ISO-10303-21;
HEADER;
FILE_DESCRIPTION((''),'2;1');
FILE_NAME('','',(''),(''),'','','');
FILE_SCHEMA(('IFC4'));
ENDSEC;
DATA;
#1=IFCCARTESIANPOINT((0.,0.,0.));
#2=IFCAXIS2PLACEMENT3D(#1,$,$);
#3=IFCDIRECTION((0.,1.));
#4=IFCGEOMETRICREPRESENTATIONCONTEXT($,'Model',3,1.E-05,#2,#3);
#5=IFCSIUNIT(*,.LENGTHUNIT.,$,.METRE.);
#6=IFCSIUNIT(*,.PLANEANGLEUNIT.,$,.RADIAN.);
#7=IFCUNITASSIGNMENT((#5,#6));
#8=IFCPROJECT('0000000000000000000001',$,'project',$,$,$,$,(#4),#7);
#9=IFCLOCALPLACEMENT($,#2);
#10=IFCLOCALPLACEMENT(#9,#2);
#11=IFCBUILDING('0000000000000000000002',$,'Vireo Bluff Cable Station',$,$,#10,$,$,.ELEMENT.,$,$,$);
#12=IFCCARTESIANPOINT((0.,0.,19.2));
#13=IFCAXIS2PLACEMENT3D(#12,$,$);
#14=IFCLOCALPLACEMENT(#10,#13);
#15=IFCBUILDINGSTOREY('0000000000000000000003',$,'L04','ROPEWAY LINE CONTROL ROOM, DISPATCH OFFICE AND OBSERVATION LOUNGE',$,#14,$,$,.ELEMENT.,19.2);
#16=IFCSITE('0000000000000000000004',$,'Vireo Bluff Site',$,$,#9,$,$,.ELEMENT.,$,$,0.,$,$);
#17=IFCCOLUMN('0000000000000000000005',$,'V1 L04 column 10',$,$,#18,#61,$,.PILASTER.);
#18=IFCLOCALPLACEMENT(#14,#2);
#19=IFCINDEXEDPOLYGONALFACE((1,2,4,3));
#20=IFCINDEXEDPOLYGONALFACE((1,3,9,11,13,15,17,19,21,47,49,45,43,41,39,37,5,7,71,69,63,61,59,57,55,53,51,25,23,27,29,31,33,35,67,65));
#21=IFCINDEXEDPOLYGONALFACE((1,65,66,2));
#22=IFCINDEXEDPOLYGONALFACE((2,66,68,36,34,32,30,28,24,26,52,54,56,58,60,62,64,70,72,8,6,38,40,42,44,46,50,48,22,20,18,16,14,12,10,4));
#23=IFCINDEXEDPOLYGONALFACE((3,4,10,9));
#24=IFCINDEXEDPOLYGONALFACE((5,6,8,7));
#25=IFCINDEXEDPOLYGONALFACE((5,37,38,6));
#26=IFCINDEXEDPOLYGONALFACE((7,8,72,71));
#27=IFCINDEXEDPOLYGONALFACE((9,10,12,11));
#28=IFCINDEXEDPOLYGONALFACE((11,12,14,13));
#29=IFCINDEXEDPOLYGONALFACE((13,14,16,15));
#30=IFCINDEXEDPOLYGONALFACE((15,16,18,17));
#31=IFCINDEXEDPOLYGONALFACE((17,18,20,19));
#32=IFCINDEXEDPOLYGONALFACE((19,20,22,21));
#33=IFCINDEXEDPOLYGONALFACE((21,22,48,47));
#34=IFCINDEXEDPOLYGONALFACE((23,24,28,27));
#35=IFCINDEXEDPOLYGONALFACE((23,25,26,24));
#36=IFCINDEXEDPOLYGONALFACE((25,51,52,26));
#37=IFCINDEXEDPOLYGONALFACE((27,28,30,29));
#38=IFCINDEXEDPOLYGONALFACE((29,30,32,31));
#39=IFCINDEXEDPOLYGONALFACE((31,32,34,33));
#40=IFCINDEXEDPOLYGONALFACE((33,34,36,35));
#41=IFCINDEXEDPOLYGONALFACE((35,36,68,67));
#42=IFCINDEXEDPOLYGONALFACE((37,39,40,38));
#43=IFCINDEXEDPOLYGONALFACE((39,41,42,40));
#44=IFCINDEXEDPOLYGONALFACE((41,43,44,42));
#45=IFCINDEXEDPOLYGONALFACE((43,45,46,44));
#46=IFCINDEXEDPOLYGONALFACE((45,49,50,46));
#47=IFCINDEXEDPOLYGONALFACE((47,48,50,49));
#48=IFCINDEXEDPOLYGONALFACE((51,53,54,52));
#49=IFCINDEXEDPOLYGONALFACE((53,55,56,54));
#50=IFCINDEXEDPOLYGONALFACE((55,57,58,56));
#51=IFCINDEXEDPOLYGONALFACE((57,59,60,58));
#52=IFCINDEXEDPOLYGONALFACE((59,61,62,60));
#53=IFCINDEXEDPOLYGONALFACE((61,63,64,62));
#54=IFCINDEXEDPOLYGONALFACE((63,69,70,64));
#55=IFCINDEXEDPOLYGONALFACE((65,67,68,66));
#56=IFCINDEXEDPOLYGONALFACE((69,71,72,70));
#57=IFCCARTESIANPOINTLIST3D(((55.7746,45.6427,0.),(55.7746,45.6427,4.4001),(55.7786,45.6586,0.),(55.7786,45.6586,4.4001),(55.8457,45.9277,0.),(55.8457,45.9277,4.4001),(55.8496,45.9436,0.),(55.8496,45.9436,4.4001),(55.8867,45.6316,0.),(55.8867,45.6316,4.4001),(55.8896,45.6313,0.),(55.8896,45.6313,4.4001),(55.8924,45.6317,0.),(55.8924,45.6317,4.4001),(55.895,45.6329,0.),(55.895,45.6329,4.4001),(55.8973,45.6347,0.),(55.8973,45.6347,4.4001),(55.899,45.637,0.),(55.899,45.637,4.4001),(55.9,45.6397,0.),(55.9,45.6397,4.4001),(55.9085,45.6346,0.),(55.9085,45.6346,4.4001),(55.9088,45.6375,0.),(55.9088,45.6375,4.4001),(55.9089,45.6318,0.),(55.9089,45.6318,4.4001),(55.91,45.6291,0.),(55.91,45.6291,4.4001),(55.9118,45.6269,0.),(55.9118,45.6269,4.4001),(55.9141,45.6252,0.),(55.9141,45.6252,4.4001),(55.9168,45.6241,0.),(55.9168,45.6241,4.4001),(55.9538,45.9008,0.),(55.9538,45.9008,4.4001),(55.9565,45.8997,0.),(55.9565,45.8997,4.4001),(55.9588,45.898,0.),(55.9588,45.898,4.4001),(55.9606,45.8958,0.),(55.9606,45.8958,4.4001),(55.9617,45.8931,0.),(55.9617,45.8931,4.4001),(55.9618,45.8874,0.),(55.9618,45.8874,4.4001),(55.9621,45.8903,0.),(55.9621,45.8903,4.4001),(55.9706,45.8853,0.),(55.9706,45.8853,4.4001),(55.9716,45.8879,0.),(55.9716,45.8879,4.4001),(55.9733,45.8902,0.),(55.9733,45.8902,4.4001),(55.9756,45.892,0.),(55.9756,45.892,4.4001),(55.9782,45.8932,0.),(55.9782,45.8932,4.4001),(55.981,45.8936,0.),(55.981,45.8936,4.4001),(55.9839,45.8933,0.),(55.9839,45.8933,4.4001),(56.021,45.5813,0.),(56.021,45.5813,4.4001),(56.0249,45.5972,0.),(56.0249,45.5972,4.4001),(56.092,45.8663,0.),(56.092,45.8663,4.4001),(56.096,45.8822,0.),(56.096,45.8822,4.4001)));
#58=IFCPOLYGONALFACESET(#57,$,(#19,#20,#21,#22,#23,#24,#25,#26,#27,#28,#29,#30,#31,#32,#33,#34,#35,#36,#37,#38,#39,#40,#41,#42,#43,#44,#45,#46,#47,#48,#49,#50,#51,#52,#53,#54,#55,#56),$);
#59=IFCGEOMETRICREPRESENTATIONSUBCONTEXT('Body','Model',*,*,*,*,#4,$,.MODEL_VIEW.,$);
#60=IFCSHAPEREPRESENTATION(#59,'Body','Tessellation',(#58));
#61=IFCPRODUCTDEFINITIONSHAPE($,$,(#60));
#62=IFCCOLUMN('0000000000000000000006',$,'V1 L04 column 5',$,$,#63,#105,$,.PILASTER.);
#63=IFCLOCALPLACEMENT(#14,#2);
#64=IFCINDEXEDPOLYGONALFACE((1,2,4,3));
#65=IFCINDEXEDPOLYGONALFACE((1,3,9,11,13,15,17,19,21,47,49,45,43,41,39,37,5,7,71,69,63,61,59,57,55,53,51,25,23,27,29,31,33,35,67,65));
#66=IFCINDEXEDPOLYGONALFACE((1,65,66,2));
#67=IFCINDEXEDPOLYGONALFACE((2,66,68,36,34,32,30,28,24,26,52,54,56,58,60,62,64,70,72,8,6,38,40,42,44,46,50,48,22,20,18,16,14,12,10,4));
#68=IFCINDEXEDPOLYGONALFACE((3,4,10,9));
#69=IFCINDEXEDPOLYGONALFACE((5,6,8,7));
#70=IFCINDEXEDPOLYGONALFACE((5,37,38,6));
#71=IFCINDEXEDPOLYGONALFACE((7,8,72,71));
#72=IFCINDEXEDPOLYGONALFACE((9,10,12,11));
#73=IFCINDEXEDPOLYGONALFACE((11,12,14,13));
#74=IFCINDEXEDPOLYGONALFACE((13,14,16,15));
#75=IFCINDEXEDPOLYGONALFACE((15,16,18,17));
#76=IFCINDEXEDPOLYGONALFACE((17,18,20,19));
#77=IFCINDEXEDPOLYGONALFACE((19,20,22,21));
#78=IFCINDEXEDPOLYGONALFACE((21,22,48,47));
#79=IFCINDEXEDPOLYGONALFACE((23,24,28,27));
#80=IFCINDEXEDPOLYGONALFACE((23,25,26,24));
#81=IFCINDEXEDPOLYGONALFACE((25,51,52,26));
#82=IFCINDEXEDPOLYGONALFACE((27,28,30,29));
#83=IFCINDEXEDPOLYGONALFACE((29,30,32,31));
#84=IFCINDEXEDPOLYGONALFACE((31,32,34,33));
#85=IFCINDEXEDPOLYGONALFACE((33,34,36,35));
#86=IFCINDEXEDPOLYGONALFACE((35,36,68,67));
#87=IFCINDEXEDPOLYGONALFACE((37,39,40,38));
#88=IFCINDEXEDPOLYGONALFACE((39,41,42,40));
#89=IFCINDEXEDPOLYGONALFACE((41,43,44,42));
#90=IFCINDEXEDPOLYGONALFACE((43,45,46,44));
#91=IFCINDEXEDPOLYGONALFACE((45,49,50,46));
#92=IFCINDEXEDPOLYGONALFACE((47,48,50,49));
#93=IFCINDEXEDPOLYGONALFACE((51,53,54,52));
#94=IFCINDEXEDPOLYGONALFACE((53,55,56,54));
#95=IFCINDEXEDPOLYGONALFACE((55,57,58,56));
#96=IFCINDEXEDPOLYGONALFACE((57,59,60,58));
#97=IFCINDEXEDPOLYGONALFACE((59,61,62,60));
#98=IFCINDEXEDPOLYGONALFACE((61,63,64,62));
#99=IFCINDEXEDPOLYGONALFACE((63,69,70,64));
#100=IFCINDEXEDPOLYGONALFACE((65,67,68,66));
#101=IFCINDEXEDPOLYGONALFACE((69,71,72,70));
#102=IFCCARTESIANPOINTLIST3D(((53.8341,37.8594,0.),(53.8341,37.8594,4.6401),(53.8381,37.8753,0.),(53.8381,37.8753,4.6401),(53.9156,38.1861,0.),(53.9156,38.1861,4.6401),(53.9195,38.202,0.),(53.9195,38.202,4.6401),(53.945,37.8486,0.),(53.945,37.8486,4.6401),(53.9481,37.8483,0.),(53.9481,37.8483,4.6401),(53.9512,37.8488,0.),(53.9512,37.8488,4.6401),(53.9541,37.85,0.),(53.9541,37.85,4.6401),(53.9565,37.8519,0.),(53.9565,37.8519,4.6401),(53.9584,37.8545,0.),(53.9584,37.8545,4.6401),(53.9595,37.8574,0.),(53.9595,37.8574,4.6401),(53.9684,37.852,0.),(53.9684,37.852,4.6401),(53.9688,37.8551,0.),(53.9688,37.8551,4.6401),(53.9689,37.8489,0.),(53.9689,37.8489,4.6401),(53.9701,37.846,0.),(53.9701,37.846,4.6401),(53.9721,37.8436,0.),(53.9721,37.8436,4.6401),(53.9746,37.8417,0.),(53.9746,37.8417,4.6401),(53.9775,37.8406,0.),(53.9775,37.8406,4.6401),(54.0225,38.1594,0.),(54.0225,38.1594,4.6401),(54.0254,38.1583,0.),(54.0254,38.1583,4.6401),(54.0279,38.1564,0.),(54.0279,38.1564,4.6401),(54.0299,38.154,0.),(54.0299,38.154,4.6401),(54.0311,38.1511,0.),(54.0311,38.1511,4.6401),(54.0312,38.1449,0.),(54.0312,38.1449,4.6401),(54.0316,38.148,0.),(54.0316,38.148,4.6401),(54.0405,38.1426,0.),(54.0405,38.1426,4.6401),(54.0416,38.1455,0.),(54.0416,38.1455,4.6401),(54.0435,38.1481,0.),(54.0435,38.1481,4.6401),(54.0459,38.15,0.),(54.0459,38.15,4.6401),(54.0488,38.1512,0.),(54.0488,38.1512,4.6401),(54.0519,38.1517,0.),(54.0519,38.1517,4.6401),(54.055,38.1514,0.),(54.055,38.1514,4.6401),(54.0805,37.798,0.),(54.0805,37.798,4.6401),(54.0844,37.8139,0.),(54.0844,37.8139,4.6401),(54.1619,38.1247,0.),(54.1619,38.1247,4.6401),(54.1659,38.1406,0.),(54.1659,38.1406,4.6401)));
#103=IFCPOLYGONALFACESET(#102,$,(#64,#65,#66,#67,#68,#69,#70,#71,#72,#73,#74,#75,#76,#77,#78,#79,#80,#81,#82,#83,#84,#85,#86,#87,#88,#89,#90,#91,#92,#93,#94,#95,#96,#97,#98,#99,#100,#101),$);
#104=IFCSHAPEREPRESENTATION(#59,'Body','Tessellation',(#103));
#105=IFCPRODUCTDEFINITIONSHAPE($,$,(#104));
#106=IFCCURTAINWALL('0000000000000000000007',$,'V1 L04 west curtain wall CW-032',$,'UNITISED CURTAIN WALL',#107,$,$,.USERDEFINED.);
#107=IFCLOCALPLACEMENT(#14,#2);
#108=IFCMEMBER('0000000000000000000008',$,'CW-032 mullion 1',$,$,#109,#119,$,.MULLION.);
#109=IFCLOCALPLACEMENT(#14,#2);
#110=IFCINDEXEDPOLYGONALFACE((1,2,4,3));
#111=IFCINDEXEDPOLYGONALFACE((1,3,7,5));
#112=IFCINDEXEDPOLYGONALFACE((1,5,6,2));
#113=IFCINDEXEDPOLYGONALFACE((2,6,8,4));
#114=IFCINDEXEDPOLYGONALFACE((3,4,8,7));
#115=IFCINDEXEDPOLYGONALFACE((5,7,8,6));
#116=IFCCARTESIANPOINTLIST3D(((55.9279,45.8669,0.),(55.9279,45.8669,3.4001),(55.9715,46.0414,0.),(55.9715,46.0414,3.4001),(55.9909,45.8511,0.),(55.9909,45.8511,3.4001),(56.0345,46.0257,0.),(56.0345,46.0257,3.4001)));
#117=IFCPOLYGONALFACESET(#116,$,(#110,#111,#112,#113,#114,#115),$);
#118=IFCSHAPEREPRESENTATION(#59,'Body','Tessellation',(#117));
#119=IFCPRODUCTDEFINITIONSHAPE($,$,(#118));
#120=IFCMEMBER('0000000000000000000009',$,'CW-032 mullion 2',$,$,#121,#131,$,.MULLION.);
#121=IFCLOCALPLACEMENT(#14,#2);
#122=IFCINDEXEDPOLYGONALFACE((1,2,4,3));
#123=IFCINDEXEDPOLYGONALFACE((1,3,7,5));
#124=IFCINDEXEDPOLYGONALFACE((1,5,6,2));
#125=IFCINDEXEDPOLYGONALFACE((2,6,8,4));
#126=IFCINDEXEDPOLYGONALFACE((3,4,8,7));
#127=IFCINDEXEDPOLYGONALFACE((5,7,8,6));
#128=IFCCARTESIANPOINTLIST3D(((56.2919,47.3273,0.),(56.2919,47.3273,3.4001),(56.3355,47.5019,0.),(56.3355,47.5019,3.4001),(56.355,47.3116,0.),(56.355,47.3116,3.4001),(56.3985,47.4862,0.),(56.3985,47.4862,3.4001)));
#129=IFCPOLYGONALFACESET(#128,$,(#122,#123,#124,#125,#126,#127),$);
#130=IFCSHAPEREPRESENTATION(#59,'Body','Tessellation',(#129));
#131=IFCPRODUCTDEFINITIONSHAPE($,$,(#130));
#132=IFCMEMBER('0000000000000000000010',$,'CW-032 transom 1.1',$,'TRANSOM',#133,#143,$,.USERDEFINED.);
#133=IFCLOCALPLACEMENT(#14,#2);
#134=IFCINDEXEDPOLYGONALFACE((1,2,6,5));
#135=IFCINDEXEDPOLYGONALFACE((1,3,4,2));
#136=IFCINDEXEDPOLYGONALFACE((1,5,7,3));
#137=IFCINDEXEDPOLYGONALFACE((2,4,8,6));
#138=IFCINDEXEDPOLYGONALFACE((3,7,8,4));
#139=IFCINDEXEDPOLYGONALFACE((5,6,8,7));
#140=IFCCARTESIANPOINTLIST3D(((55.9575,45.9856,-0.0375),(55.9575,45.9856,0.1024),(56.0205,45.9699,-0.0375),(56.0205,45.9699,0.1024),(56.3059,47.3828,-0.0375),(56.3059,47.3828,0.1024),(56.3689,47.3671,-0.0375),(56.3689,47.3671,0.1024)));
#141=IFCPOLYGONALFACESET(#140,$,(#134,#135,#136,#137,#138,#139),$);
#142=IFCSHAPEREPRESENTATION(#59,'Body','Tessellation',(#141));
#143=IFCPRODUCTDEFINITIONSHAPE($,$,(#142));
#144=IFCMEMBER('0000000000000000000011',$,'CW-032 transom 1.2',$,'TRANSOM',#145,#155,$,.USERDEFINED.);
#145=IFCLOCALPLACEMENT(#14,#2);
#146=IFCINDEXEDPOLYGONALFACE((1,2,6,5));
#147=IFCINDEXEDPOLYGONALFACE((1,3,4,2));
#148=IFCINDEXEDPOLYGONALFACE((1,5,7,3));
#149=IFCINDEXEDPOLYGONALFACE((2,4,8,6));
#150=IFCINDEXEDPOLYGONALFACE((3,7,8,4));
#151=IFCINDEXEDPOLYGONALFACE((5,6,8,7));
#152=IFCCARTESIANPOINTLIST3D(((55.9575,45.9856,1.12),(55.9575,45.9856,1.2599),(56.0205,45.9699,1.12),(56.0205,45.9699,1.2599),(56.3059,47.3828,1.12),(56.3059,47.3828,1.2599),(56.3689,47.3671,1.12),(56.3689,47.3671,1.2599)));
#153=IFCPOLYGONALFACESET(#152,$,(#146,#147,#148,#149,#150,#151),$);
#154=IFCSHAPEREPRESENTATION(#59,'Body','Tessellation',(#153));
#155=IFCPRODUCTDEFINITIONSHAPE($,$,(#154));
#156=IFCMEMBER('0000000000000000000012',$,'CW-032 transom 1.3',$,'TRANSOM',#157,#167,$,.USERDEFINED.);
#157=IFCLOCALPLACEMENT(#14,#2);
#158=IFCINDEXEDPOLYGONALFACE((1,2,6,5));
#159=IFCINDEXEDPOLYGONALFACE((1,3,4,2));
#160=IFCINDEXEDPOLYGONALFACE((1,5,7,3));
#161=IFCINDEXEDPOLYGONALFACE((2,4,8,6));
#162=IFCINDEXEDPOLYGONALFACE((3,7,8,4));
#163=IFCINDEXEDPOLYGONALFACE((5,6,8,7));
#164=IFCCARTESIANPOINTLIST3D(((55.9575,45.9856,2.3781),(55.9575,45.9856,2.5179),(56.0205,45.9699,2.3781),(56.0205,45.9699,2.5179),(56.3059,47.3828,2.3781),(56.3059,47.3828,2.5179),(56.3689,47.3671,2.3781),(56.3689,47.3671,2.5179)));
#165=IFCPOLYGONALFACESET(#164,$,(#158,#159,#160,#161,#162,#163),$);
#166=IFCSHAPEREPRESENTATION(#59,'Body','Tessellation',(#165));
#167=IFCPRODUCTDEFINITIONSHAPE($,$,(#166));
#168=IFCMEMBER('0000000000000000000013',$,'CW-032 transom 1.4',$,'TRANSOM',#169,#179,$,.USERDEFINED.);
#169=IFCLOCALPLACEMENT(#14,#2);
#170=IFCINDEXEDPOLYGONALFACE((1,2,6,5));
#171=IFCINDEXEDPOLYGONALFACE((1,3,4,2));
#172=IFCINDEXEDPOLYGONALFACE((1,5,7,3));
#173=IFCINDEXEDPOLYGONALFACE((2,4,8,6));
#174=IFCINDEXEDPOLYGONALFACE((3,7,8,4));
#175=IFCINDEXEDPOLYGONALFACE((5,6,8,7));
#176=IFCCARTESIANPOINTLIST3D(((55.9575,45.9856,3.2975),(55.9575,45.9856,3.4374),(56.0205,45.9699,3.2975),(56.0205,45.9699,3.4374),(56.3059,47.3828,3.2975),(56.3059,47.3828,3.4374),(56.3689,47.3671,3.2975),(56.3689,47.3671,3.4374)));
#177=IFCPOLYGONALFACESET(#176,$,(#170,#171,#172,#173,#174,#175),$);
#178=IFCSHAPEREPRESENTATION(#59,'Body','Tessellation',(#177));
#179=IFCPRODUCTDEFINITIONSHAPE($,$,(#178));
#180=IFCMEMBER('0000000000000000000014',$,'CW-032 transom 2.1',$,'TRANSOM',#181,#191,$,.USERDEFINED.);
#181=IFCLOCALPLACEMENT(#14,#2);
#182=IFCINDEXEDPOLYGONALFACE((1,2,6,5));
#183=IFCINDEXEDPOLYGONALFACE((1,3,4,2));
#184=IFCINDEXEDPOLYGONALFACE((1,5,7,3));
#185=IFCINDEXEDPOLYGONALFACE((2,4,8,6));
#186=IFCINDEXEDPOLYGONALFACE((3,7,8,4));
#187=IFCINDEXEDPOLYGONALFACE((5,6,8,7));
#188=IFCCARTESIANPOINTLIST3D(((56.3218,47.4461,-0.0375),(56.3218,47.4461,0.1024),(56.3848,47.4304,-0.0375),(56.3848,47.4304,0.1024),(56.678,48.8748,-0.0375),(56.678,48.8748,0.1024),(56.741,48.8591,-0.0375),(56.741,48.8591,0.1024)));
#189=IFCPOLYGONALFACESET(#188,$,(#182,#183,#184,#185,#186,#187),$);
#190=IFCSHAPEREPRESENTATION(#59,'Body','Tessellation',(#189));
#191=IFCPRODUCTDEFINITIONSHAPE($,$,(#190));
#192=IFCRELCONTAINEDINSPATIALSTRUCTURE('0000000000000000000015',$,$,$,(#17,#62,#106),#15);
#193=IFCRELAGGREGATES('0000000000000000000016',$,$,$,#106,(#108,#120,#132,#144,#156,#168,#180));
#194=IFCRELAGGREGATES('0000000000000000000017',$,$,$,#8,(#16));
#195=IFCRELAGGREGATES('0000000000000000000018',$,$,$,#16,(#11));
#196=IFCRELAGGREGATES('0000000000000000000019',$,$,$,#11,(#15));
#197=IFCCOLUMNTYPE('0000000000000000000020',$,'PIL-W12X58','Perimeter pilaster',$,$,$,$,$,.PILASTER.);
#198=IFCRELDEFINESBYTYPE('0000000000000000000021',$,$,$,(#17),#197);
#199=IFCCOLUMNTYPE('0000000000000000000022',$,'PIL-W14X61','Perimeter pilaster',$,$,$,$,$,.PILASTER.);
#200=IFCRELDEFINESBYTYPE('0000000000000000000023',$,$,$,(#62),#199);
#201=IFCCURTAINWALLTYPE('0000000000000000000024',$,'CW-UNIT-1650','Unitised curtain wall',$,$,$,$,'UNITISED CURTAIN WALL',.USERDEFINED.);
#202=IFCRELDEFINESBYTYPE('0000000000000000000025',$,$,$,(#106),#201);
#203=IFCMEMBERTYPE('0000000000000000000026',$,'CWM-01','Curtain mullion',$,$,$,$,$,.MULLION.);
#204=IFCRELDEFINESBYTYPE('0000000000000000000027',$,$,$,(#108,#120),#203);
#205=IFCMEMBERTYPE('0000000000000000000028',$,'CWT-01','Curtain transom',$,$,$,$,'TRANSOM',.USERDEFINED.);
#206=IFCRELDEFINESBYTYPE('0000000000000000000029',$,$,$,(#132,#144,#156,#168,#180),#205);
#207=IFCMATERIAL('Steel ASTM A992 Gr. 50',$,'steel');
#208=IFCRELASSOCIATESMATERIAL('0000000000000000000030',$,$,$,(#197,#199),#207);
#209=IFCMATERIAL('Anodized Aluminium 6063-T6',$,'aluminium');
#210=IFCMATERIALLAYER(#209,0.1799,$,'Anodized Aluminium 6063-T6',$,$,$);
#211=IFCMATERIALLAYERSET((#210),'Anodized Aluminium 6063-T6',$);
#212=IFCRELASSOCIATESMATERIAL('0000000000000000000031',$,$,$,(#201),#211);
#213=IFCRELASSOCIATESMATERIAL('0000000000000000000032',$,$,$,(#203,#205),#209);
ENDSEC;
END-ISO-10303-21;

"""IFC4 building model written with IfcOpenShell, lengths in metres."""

from ifc_helpers import new_model, si_unit, direction, frame, origin, origin_2d, place, context, subcontext, project, spatial, rectangle, i_section, extrude, material, layer, layer_set, material_profile, profile_set, type_object, element, aggregate, save


model = new_model("IFC4")

# Units and contexts
model_context = context("Model", 3, precision=1e-05, world=origin(), true_north=direction((0.0, 1.0)))
body_context = subcontext(model_context, "Body", "Model", "MODEL_VIEW")
ifc_project = project(units=[si_unit("LENGTHUNIT", "METRE"), si_unit("PLANEANGLEUNIT", "RADIAN")], contexts=[model_context])

# Site, building, storey
site_placement = place(None, origin())
site = spatial("IfcSite", under=ifc_project, at=site_placement, Name="Vireo Bluff Site", CompositionType="ELEMENT", RefElevation=0.0)
building_placement = place(site_placement, origin())
building = spatial("IfcBuilding", under=site, at=building_placement, Name="Vireo Bluff Cable Station", CompositionType="ELEMENT")
storey_placement = place(building_placement, frame((0.0, 0.0, 19.2)))
storey = spatial("IfcBuildingStorey", under=building, at=storey_placement, Name="L04", Description="ROPEWAY LINE CONTROL ROOM, DISPATCH OFFICE AND OBSERVATION LOUNGE", CompositionType="ELEMENT", Elevation=19.2)

# Columns
ifc_material_1 = material(Name="Steel ASTM A992 Gr. 50", Category="steel")
ifc_material_profile_1 = material_profile(ifc_material_1, i_section(OverallWidth=0.2539, OverallDepth=0.3101, WebThickness=0.009, FlangeThickness=0.0164, FilletRadius=0.011, at=origin_2d()), Name="W12X58")
ifc_profile_set_1 = profile_set([ifc_material_profile_1], Name="Steel ASTM A992 Gr. 50")
column_type_1 = type_object("IfcColumnType", Name="PIL-W12X58", Description="Perimeter pilaster", PredefinedType="PILASTER", material=ifc_profile_set_1)
column_1_placement = place(storey_placement, frame((55.9353, 45.7625, 0.0), z_axis=(0.0, 0.0, 1.0), x_axis=(0.970296, -0.241922, 0.0)))
element("IfcColumn", 1, at=column_1_placement, inside=storey, type_object=column_type_1, Name="V1 L04 column 10", PredefinedType="PILASTER", context=body_context, shape_type="SweptSolid", body=[
    extrude(i_section(OverallWidth=0.2539, OverallDepth=0.3101, WebThickness=0.009, FlangeThickness=0.0164, FilletRadius=0.011, at=origin_2d()), origin(), (0.0, 0.0, 1.0), 4.4001),
])
ifc_material_profile_2 = material_profile(ifc_material_1, i_section(OverallWidth=0.2539, OverallDepth=0.353, WebThickness=0.0095, FlangeThickness=0.0164, FilletRadius=0.012, at=origin_2d()), Name="W14X61")
ifc_profile_set_2 = profile_set([ifc_material_profile_2], Name="Steel ASTM A992 Gr. 50")
column_type_2 = type_object("IfcColumnType", Name="PIL-W14X61", Description="Perimeter pilaster", PredefinedType="PILASTER", material=ifc_profile_set_2)
column_2_placement = place(storey_placement, frame((54.0, 38.0, 0.0), z_axis=(0.0, 0.0, 1.0), x_axis=(0.970296, -0.241922, 0.0)))
element("IfcColumn", 2, at=column_2_placement, inside=storey, type_object=column_type_2, Name="V1 L04 column 5", PredefinedType="PILASTER", context=body_context, shape_type="SweptSolid", body=[
    extrude(i_section(OverallWidth=0.2539, OverallDepth=0.353, WebThickness=0.0095, FlangeThickness=0.0164, FilletRadius=0.012, at=origin_2d()), origin(), (0.0, 0.0, 1.0), 4.6401),
])

# Curtain wall, members
ifc_material_2 = material(Name="Anodized Aluminium 6063-T6", Category="aluminium")
ifc_layer_1 = layer(ifc_material_2, 0.1799, Name="Anodized Aluminium 6063-T6")
ifc_layer_set_1 = layer_set([ifc_layer_1], Name="Anodized Aluminium 6063-T6")
curtain_wall_type = type_object("IfcCurtainWallType", Name="CW-UNIT-1650", Description="Unitised curtain wall", ElementType="UNITISED CURTAIN WALL", PredefinedType="USERDEFINED", material=ifc_layer_set_1)
curtain_wall_placement = place(storey_placement, origin())
curtain_wall = element("IfcCurtainWall", 3, at=curtain_wall_placement, inside=storey, type_object=curtain_wall_type, Name="V1 L04 west curtain wall CW-032", ObjectType="UNITISED CURTAIN WALL", PredefinedType="USERDEFINED")
ifc_material_profile_3 = material_profile(ifc_material_2, rectangle(XDim=0.0649, YDim=0.1799, at=origin_2d()), Name="ALU-M-65X180")
ifc_profile_set_3 = profile_set([ifc_material_profile_3], Name="Anodized Aluminium 6063-T6")
member_type_1 = type_object("IfcMemberType", Name="CWM-01", Description="Curtain mullion", PredefinedType="MULLION", material=ifc_profile_set_3)
member_1_placement = place(storey_placement, frame((55.9812, 45.9463, 0.0), z_axis=(0.0, 0.0, 1.0), x_axis=(-0.970296, 0.241922, 0.0)))
member_1 = element("IfcMember", 4, at=member_1_placement, type_object=member_type_1, Name="CW-032 mullion 1", PredefinedType="MULLION", context=body_context, shape_type="SweptSolid", body=[
    extrude(rectangle(XDim=0.0649, YDim=0.1799, at=origin_2d()), origin(), (0.0, 0.0, 1.0), 3.4001),
])
member_2_placement = place(storey_placement, frame((56.3452, 47.4067, 0.0), z_axis=(0.0, 0.0, 1.0), x_axis=(-0.970296, 0.241922, 0.0)))
member_2 = element("IfcMember", 5, at=member_2_placement, type_object=member_type_1, Name="CW-032 mullion 2", PredefinedType="MULLION", context=body_context, shape_type="SweptSolid", body=[
    extrude(rectangle(XDim=0.0649, YDim=0.1799, at=origin_2d()), origin(), (0.0, 0.0, 1.0), 3.4001),
])
ifc_material_profile_4 = material_profile(ifc_material_2, rectangle(XDim=0.0649, YDim=0.1399, at=origin_2d()), Name="ALU-T-65X140")
ifc_profile_set_4 = profile_set([ifc_material_profile_4], Name="Anodized Aluminium 6063-T6")
member_type_2 = type_object("IfcMemberType", Name="CWT-01", Description="Curtain transom", ElementType="TRANSOM", PredefinedType="USERDEFINED", material=ifc_profile_set_4)
member_3_placement = place(storey_placement, frame((55.989, 45.9778, 0.0325), z_axis=(0.241937, 0.970292, 0.0), x_axis=(-0.970292, 0.241937, 0.0)))
member_3 = element("IfcMember", 6, at=member_3_placement, type_object=member_type_2, Name="CW-032 transom 1.1", ObjectType="TRANSOM", PredefinedType="USERDEFINED", context=body_context, shape_type="SweptSolid", body=[
    extrude(rectangle(XDim=0.0649, YDim=0.1399, at=origin_2d()), origin(), (0.0, 0.0, 1.0), 1.4399),
])
member_4_placement = place(storey_placement, frame((55.989, 45.9778, 1.1899), z_axis=(0.241937, 0.970292, 0.0), x_axis=(-0.970292, 0.241937, 0.0)))
member_4 = element("IfcMember", 7, at=member_4_placement, type_object=member_type_2, Name="CW-032 transom 1.2", ObjectType="TRANSOM", PredefinedType="USERDEFINED", context=body_context, shape_type="SweptSolid", body=[
    extrude(rectangle(XDim=0.0649, YDim=0.1399, at=origin_2d()), origin(), (0.0, 0.0, 1.0), 1.4399),
])
member_5_placement = place(storey_placement, frame((55.989, 45.9778, 2.448), z_axis=(0.241937, 0.970292, 0.0), x_axis=(-0.970292, 0.241937, 0.0)))
member_5 = element("IfcMember", 8, at=member_5_placement, type_object=member_type_2, Name="CW-032 transom 1.3", ObjectType="TRANSOM", PredefinedType="USERDEFINED", context=body_context, shape_type="SweptSolid", body=[
    extrude(rectangle(XDim=0.0649, YDim=0.1399, at=origin_2d()), origin(), (0.0, 0.0, 1.0), 1.4399),
])
member_6_placement = place(storey_placement, frame((55.989, 45.9778, 3.3674), z_axis=(0.241937, 0.970292, 0.0), x_axis=(-0.970292, 0.241937, 0.0)))
member_6 = element("IfcMember", 9, at=member_6_placement, type_object=member_type_2, Name="CW-032 transom 1.4", ObjectType="TRANSOM", PredefinedType="USERDEFINED", context=body_context, shape_type="SweptSolid", body=[
    extrude(rectangle(XDim=0.0649, YDim=0.1399, at=origin_2d()), origin(), (0.0, 0.0, 1.0), 1.4399),
])
member_7_placement = place(storey_placement, frame((56.3533, 47.4382, 0.0325), z_axis=(0.241911, 0.970298, 0.0), x_axis=(-0.970298, 0.241911, 0.0)))
member_7 = element("IfcMember", 10, at=member_7_placement, type_object=member_type_2, Name="CW-032 transom 2.1", ObjectType="TRANSOM", PredefinedType="USERDEFINED", context=body_context, shape_type="SweptSolid", body=[
    extrude(rectangle(XDim=0.0649, YDim=0.1399, at=origin_2d()), origin(), (0.0, 0.0, 1.0), 1.4724),
])

aggregate(curtain_wall, [member_1, member_2, member_3, member_4, member_5, member_6, member_7])

save(model, "model.ifc")
